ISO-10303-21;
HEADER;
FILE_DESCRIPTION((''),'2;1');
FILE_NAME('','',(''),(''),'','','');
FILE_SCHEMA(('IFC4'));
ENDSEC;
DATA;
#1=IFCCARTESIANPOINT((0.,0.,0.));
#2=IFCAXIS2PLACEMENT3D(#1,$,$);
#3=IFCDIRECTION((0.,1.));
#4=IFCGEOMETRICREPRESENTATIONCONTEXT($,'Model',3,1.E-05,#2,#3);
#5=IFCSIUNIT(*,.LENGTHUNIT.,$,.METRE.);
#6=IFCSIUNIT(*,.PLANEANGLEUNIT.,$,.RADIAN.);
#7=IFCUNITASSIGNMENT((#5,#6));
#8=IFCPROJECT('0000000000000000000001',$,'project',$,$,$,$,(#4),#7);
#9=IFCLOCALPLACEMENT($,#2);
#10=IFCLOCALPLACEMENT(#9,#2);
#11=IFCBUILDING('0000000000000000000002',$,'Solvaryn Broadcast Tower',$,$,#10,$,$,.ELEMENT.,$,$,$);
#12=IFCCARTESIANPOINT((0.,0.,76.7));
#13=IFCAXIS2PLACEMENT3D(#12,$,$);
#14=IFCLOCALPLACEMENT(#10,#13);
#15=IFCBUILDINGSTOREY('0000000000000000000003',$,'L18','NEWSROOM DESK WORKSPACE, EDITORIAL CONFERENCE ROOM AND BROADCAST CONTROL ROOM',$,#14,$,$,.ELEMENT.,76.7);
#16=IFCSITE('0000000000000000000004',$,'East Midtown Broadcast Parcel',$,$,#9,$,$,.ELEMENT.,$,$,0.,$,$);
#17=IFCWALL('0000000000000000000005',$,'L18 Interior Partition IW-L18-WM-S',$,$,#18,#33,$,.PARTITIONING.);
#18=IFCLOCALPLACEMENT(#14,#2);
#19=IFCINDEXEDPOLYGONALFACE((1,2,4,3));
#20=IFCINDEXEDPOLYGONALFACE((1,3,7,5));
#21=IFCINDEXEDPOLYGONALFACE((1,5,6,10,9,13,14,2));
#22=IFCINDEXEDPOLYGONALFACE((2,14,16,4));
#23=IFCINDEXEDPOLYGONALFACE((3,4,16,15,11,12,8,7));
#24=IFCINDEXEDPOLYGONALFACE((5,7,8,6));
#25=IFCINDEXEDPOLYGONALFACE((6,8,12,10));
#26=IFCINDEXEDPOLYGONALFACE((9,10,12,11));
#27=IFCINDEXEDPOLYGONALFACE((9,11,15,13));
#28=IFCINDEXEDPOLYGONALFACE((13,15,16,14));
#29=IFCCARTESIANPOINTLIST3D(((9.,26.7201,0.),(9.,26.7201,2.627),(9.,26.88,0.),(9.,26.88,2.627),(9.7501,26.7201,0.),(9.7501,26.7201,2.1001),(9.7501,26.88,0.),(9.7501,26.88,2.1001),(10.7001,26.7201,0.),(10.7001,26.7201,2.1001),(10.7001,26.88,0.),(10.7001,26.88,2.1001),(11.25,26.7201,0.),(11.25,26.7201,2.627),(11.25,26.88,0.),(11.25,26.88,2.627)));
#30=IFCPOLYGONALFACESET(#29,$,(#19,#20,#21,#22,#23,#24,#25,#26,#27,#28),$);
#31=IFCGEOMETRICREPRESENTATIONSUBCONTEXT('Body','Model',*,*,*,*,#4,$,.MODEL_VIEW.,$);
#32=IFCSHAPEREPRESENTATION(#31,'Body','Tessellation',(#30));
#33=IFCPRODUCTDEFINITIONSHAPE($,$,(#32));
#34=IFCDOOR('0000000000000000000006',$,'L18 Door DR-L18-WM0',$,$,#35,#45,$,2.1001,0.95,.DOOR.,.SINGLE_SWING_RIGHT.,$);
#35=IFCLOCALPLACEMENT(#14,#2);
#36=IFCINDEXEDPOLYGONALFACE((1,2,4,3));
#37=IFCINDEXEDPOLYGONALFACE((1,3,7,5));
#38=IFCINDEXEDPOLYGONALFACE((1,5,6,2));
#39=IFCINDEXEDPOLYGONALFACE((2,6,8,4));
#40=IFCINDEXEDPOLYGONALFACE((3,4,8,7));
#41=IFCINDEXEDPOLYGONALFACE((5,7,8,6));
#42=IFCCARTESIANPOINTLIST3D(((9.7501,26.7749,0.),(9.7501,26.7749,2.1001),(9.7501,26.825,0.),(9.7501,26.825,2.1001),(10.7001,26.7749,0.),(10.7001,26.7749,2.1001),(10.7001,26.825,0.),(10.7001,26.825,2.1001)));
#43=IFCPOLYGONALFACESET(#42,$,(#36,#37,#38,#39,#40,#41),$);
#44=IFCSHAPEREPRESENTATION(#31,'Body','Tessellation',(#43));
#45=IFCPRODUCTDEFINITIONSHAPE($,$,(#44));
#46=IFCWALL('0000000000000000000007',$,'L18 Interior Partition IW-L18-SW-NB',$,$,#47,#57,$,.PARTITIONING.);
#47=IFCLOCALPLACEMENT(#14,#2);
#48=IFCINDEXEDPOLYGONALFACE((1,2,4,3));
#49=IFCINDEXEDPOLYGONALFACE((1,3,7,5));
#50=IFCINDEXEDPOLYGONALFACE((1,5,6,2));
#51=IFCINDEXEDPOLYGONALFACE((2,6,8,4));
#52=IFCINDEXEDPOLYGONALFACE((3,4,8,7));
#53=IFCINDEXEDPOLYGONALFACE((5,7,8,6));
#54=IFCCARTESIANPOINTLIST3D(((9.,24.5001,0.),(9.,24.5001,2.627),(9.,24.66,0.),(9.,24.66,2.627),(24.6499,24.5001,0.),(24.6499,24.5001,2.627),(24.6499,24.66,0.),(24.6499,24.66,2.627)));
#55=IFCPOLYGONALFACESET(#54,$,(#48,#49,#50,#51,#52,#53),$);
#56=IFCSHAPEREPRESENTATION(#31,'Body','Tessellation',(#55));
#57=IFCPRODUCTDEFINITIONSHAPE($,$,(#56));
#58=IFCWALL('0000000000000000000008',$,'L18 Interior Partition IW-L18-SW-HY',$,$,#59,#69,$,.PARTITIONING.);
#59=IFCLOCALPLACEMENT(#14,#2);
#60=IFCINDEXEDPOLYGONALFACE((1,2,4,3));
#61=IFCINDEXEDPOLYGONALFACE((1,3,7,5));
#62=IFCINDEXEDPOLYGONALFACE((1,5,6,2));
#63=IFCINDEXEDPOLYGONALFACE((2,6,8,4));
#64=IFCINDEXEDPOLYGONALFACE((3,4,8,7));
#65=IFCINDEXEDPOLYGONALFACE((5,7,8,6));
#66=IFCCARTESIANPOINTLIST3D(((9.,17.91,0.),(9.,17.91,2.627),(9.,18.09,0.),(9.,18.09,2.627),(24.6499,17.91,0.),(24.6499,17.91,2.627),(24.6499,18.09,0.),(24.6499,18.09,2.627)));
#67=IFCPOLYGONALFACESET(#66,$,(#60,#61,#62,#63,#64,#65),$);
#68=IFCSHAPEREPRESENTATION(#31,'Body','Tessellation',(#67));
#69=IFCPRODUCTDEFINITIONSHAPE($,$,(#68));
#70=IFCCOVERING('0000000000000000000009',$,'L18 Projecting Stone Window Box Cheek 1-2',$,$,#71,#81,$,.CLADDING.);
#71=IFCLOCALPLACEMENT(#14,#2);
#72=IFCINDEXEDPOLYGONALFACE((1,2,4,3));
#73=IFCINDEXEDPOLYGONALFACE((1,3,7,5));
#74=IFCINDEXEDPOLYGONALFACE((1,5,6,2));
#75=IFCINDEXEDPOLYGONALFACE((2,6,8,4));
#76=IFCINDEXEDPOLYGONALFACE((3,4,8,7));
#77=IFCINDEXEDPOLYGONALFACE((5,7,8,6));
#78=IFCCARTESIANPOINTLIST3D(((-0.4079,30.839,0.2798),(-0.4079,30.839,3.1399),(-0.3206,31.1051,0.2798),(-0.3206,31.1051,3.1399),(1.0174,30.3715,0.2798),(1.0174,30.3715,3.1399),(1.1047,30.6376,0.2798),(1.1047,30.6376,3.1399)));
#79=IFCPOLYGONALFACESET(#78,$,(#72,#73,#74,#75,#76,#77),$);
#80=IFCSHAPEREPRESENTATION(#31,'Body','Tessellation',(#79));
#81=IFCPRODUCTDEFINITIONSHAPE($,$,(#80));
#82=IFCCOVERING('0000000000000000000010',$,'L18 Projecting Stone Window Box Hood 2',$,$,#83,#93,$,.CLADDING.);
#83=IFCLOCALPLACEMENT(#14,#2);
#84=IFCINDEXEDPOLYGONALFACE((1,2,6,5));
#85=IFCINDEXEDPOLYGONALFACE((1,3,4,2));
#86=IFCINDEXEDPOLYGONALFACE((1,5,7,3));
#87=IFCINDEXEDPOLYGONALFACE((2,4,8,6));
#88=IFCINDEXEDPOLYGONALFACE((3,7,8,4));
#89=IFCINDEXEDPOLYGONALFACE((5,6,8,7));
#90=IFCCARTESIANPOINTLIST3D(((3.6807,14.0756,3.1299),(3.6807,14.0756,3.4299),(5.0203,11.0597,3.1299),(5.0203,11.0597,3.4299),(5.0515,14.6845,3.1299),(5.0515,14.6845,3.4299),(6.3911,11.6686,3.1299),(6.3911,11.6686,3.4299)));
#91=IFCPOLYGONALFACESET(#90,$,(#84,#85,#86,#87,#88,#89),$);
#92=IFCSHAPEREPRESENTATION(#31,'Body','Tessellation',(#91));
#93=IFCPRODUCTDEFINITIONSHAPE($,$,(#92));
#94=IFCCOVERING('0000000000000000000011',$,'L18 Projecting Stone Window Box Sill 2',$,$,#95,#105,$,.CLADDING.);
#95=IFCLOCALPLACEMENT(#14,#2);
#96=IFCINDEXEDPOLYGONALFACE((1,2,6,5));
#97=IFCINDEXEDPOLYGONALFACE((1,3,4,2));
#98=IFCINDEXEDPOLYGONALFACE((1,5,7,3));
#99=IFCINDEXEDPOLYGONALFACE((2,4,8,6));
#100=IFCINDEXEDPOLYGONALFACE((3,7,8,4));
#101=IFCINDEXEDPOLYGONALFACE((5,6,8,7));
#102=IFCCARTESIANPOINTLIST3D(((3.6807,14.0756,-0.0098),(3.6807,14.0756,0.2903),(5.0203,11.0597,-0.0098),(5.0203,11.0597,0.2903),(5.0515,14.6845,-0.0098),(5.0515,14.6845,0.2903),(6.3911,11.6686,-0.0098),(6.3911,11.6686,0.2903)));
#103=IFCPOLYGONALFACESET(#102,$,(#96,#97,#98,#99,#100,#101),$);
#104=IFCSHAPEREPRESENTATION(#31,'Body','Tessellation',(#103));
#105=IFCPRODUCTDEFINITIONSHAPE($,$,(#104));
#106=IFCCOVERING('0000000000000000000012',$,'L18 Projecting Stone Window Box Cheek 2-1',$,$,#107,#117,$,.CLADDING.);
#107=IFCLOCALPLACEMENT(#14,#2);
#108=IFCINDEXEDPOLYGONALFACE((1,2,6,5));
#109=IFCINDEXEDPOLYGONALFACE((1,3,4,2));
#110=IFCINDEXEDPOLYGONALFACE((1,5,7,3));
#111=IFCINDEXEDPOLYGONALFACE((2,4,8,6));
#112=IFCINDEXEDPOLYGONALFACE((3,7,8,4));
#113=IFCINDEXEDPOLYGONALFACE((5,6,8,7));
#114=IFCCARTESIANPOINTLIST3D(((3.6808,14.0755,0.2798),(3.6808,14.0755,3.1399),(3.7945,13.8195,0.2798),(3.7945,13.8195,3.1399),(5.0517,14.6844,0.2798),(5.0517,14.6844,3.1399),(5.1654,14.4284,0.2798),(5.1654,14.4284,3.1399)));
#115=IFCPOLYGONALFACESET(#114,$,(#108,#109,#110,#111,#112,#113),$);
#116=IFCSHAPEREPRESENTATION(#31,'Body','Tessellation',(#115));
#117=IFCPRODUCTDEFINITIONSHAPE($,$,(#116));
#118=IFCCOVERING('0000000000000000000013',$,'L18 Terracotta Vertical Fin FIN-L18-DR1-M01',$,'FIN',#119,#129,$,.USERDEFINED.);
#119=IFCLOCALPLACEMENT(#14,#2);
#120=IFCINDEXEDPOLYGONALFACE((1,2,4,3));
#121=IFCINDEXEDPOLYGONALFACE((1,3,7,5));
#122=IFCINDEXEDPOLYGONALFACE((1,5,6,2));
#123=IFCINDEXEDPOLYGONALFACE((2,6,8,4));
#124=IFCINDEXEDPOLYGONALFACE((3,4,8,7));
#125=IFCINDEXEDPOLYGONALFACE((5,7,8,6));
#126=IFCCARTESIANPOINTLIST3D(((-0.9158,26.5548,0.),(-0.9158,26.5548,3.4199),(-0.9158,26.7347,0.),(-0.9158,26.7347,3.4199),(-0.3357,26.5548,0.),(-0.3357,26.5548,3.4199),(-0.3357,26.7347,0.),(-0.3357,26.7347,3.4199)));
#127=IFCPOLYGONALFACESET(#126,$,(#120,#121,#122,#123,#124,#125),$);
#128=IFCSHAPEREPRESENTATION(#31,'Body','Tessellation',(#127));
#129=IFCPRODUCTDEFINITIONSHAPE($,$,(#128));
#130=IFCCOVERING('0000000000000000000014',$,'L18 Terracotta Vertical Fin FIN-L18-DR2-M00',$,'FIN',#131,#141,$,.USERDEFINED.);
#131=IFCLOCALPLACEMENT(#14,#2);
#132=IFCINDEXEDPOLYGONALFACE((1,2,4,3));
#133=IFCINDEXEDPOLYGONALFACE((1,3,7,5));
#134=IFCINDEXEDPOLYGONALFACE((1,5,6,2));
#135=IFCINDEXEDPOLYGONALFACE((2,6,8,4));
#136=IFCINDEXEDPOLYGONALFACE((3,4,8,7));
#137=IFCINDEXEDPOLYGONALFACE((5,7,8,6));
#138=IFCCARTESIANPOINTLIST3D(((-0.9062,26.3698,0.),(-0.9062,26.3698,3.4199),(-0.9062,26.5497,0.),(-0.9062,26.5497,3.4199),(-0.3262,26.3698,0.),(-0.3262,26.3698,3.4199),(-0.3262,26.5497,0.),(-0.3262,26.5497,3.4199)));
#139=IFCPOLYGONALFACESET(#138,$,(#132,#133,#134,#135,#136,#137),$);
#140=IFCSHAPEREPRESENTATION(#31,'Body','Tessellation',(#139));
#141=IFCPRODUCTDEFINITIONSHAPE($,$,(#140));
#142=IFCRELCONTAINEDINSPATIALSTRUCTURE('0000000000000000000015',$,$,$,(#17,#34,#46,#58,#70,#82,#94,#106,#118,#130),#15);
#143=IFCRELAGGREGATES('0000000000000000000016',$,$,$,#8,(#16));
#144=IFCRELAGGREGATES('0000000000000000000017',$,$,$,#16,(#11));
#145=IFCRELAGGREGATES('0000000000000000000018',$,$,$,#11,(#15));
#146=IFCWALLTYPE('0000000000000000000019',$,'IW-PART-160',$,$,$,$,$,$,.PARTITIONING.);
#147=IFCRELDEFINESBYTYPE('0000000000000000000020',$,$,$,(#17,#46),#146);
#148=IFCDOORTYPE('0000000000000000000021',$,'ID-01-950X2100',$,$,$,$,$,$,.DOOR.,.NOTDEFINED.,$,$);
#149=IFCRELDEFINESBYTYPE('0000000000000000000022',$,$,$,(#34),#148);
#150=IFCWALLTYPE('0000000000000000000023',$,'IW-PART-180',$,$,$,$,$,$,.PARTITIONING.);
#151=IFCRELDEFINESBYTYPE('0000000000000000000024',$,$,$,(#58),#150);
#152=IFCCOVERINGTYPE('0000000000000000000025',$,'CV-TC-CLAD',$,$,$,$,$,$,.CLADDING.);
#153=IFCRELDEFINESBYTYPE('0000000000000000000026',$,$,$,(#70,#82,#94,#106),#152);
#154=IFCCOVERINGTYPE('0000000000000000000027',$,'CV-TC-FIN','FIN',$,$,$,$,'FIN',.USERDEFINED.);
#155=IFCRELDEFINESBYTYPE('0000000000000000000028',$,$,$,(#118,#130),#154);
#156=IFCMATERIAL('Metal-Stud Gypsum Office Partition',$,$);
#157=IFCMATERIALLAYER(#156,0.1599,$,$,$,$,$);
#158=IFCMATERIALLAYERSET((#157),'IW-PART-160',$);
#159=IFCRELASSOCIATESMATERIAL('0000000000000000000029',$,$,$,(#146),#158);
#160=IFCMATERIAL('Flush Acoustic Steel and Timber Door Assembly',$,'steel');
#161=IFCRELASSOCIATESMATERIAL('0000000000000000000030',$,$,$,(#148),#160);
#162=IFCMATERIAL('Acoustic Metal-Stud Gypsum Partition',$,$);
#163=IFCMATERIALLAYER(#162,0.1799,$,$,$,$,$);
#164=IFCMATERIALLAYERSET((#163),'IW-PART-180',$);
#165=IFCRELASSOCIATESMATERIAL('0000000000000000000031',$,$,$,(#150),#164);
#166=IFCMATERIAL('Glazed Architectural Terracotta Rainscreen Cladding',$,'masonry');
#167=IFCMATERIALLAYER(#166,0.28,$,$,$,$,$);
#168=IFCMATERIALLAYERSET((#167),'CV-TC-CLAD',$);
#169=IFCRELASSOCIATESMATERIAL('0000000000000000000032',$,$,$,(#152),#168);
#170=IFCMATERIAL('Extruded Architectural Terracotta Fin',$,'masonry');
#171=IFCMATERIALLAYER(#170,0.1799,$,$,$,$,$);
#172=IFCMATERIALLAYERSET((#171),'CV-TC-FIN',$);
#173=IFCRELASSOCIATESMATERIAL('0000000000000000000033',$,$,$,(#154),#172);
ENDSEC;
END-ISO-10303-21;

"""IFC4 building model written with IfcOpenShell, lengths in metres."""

from ifc_helpers import new_model, si_unit, direction, frame, frame_2d, origin, origin_2d, place, context, subcontext, project, spatial, rectangle, extrude, material, layer, layer_set, type_object, element, fill, save


model = new_model("IFC4")

# Units and contexts
model_context = context("Model", 3, precision=1e-05, world=origin(), true_north=direction((0.0, 1.0)))
body_context = subcontext(model_context, "Body", "Model", "MODEL_VIEW")
ifc_project = project(units=[si_unit("LENGTHUNIT", "METRE"), si_unit("PLANEANGLEUNIT", "RADIAN")], contexts=[model_context])

# Site, building, storey
site_placement = place(None, origin())
site = spatial("IfcSite", under=ifc_project, at=site_placement, Name="East Midtown Broadcast Parcel", CompositionType="ELEMENT", RefElevation=0.0)
building_placement = place(site_placement, origin())
building = spatial("IfcBuilding", under=site, at=building_placement, Name="Solvaryn Broadcast Tower", CompositionType="ELEMENT")
storey_placement = place(building_placement, frame((0.0, 0.0, 76.7)))
storey = spatial("IfcBuildingStorey", under=building, at=storey_placement, Name="L18", Description="NEWSROOM DESK WORKSPACE, EDITORIAL CONFERENCE ROOM AND BROADCAST CONTROL ROOM", CompositionType="ELEMENT", Elevation=76.7)

# Wall, opening, door
ifc_material_1 = material(Name="Metal-Stud Gypsum Office Partition")
ifc_layer_1 = layer(ifc_material_1, 0.1599)
ifc_layer_set_1 = layer_set([ifc_layer_1], Name="IW-PART-160")
wall_type_1 = type_object("IfcWallType", Name="IW-PART-160", PredefinedType="PARTITIONING", material=ifc_layer_set_1)
wall_1_placement = place(storey_placement, frame((9.0, 26.8, 0.0), z_axis=(0.0, 0.0, 1.0), x_axis=(1.0, 0.0, 0.0)))
wall_1 = element("IfcWall", 1, at=wall_1_placement, inside=storey, type_object=wall_type_1, Name="L18 Interior Partition IW-L18-WM-S", PredefinedType="PARTITIONING", context=body_context, shape_type="SweptSolid", body=[
    extrude(rectangle(XDim=2.25, YDim=0.1599, at=frame_2d((1.125, 0.0))), origin(), (0.0, 0.0, 1.0), 2.627),
])
opening_placement = place(wall_1_placement, frame((0.75, 0.0, 0.0)))
opening = element("IfcOpeningElement", 2, at=opening_placement, cuts=wall_1, PredefinedType="OPENING", context=body_context, shape_type="SweptSolid", body=[
    extrude(rectangle(XDim=0.95, YDim=2.1001, at=frame_2d((0.4751, 1.05))), frame((0.0, 0.0901, 0.0), z_axis=(0.0, -1.0, 0.0), x_axis=(1.0, 0.0, 0.0)), (0.0, 0.0, 1.0), 0.1799),
])
ifc_material_2 = material(Name="Flush Acoustic Steel and Timber Door Assembly", Category="steel")
door_type = type_object("IfcDoorType", Name="ID-01-950X2100", OperationType="NOTDEFINED", PredefinedType="DOOR", material=ifc_material_2)
door_placement = place(opening_placement, origin())
door = element("IfcDoor", 3, at=door_placement, inside=storey, type_object=door_type, Name="L18 Door DR-L18-WM0", OperationType="SINGLE_SWING_RIGHT", OverallHeight=2.1001, OverallWidth=0.95, PredefinedType="DOOR", context=body_context, shape_type="SweptSolid", body=[
    extrude(rectangle(XDim=0.95, YDim=2.1001, at=frame_2d((0.4751, 1.05))), frame((0.0, 0.0249, 0.0), z_axis=(0.0, -1.0, 0.0), x_axis=(1.0, 0.0, 0.0)), (0.0, 0.0, 1.0), 0.05),
])
fill(opening, door)

# Walls
wall_2_placement = place(storey_placement, frame((9.0, 24.5801, 0.0), z_axis=(0.0, 0.0, 1.0), x_axis=(1.0, 0.0, 0.0)))
element("IfcWall", 4, at=wall_2_placement, inside=storey, type_object=wall_type_1, Name="L18 Interior Partition IW-L18-SW-NB", PredefinedType="PARTITIONING", context=body_context, shape_type="SweptSolid", body=[
    extrude(rectangle(XDim=15.6499, YDim=0.1599, at=frame_2d((7.825, 0.0))), origin(), (0.0, 0.0, 1.0), 2.627),
])
ifc_material_3 = material(Name="Acoustic Metal-Stud Gypsum Partition")
ifc_layer_2 = layer(ifc_material_3, 0.1799)
ifc_layer_set_2 = layer_set([ifc_layer_2], Name="IW-PART-180")
wall_type_2 = type_object("IfcWallType", Name="IW-PART-180", PredefinedType="PARTITIONING", material=ifc_layer_set_2)
wall_3_placement = place(storey_placement, frame((9.0, 18.0, 0.0), z_axis=(0.0, 0.0, 1.0), x_axis=(1.0, 0.0, 0.0)))
element("IfcWall", 5, at=wall_3_placement, inside=storey, type_object=wall_type_2, Name="L18 Interior Partition IW-L18-SW-HY", PredefinedType="PARTITIONING", context=body_context, shape_type="SweptSolid", body=[
    extrude(rectangle(XDim=15.6499, YDim=0.1799, at=frame_2d((7.825, 0.0))), origin(), (0.0, 0.0, 1.0), 2.627),
])

# Coverings
ifc_material_4 = material(Name="Glazed Architectural Terracotta Rainscreen Cladding", Category="masonry")
ifc_layer_3 = layer(ifc_material_4, 0.28)
ifc_layer_set_3 = layer_set([ifc_layer_3], Name="CV-TC-CLAD")
covering_type_1 = type_object("IfcCoveringType", Name="CV-TC-CLAD", PredefinedType="CLADDING", material=ifc_layer_set_3)
covering_1_placement = place(storey_placement, frame((0.3484, 30.7383, 0.2798), z_axis=(0.0, 0.0, 1.0), x_axis=(-0.311672, -0.95019, 0.0)))
element("IfcCovering", 6, at=covering_1_placement, inside=storey, type_object=covering_type_1, Name="L18 Projecting Stone Window Box Cheek 1-2", PredefinedType="CLADDING", context=body_context, shape_type="SweptSolid", body=[
    extrude(rectangle(XDim=0.28, YDim=1.5, at=origin_2d()), origin(), (0.0, 0.0, 1.0), 2.8601),
])
for number, where, z_axis, x_axis, name in (
    (7, (5.0359, 12.8721, 3.1299), (0.0, 0.0, 1.0), (0.405939, -0.9139, 0.0), "L18 Projecting Stone Window Box Hood 2"),
    (8, (5.0359, 12.8721, -0.0098), (0.0, 0.0, 1.0), (0.405939, -0.9139, 0.0), "L18 Projecting Stone Window Box Sill 2"),
):
    element("IfcCovering", number, at=place(storey_placement, frame(where, z_axis=z_axis, x_axis=x_axis)), inside=storey, type_object=covering_type_1, Name=name, PredefinedType="CLADDING", context=body_context, shape_type="SweptSolid", body=[
        extrude(rectangle(XDim=3.3, YDim=1.5, at=origin_2d()), origin(), (0.0, 0.0, 1.0), 0.3),
    ])
covering_2_placement = place(storey_placement, frame((4.4231, 14.252, 0.2798), z_axis=(0.0, 0.0, 1.0), x_axis=(0.405939, -0.9139, 0.0)))
element("IfcCovering", 9, at=covering_2_placement, inside=storey, type_object=covering_type_1, Name="L18 Projecting Stone Window Box Cheek 2-1", PredefinedType="CLADDING", context=body_context, shape_type="SweptSolid", body=[
    extrude(rectangle(XDim=0.28, YDim=1.5, at=origin_2d()), origin(), (0.0, 0.0, 1.0), 2.8601),
])
ifc_material_5 = material(Name="Extruded Architectural Terracotta Fin", Category="masonry")
ifc_layer_4 = layer(ifc_material_5, 0.1799)
ifc_layer_set_4 = layer_set([ifc_layer_4], Name="CV-TC-FIN")
covering_type_2 = type_object("IfcCoveringType", Name="CV-TC-FIN", Description="FIN", ElementType="FIN", PredefinedType="USERDEFINED", material=ifc_layer_set_4)
for number, where, z_axis, x_axis, name in (
    (10, (-0.6257, 26.6448, 0.0), (0.0, 0.0, 1.0), (1.0, 0.0, 0.0), "L18 Terracotta Vertical Fin FIN-L18-DR1-M01"),
    (11, (-0.6162, 26.4597, 0.0), (0.0, 0.0, 1.0), (1.0, 0.0, 0.0), "L18 Terracotta Vertical Fin FIN-L18-DR2-M00"),
):
    element("IfcCovering", number, at=place(storey_placement, frame(where, z_axis=z_axis, x_axis=x_axis)), inside=storey, type_object=covering_type_2, Name=name, ObjectType="FIN", PredefinedType="USERDEFINED", context=body_context, shape_type="SweptSolid", body=[
        extrude(rectangle(XDim=0.5801, YDim=0.1799, at=origin_2d()), origin(), (0.0, 0.0, 1.0), 3.4199),
    ])

save(model, "model.ifc")
